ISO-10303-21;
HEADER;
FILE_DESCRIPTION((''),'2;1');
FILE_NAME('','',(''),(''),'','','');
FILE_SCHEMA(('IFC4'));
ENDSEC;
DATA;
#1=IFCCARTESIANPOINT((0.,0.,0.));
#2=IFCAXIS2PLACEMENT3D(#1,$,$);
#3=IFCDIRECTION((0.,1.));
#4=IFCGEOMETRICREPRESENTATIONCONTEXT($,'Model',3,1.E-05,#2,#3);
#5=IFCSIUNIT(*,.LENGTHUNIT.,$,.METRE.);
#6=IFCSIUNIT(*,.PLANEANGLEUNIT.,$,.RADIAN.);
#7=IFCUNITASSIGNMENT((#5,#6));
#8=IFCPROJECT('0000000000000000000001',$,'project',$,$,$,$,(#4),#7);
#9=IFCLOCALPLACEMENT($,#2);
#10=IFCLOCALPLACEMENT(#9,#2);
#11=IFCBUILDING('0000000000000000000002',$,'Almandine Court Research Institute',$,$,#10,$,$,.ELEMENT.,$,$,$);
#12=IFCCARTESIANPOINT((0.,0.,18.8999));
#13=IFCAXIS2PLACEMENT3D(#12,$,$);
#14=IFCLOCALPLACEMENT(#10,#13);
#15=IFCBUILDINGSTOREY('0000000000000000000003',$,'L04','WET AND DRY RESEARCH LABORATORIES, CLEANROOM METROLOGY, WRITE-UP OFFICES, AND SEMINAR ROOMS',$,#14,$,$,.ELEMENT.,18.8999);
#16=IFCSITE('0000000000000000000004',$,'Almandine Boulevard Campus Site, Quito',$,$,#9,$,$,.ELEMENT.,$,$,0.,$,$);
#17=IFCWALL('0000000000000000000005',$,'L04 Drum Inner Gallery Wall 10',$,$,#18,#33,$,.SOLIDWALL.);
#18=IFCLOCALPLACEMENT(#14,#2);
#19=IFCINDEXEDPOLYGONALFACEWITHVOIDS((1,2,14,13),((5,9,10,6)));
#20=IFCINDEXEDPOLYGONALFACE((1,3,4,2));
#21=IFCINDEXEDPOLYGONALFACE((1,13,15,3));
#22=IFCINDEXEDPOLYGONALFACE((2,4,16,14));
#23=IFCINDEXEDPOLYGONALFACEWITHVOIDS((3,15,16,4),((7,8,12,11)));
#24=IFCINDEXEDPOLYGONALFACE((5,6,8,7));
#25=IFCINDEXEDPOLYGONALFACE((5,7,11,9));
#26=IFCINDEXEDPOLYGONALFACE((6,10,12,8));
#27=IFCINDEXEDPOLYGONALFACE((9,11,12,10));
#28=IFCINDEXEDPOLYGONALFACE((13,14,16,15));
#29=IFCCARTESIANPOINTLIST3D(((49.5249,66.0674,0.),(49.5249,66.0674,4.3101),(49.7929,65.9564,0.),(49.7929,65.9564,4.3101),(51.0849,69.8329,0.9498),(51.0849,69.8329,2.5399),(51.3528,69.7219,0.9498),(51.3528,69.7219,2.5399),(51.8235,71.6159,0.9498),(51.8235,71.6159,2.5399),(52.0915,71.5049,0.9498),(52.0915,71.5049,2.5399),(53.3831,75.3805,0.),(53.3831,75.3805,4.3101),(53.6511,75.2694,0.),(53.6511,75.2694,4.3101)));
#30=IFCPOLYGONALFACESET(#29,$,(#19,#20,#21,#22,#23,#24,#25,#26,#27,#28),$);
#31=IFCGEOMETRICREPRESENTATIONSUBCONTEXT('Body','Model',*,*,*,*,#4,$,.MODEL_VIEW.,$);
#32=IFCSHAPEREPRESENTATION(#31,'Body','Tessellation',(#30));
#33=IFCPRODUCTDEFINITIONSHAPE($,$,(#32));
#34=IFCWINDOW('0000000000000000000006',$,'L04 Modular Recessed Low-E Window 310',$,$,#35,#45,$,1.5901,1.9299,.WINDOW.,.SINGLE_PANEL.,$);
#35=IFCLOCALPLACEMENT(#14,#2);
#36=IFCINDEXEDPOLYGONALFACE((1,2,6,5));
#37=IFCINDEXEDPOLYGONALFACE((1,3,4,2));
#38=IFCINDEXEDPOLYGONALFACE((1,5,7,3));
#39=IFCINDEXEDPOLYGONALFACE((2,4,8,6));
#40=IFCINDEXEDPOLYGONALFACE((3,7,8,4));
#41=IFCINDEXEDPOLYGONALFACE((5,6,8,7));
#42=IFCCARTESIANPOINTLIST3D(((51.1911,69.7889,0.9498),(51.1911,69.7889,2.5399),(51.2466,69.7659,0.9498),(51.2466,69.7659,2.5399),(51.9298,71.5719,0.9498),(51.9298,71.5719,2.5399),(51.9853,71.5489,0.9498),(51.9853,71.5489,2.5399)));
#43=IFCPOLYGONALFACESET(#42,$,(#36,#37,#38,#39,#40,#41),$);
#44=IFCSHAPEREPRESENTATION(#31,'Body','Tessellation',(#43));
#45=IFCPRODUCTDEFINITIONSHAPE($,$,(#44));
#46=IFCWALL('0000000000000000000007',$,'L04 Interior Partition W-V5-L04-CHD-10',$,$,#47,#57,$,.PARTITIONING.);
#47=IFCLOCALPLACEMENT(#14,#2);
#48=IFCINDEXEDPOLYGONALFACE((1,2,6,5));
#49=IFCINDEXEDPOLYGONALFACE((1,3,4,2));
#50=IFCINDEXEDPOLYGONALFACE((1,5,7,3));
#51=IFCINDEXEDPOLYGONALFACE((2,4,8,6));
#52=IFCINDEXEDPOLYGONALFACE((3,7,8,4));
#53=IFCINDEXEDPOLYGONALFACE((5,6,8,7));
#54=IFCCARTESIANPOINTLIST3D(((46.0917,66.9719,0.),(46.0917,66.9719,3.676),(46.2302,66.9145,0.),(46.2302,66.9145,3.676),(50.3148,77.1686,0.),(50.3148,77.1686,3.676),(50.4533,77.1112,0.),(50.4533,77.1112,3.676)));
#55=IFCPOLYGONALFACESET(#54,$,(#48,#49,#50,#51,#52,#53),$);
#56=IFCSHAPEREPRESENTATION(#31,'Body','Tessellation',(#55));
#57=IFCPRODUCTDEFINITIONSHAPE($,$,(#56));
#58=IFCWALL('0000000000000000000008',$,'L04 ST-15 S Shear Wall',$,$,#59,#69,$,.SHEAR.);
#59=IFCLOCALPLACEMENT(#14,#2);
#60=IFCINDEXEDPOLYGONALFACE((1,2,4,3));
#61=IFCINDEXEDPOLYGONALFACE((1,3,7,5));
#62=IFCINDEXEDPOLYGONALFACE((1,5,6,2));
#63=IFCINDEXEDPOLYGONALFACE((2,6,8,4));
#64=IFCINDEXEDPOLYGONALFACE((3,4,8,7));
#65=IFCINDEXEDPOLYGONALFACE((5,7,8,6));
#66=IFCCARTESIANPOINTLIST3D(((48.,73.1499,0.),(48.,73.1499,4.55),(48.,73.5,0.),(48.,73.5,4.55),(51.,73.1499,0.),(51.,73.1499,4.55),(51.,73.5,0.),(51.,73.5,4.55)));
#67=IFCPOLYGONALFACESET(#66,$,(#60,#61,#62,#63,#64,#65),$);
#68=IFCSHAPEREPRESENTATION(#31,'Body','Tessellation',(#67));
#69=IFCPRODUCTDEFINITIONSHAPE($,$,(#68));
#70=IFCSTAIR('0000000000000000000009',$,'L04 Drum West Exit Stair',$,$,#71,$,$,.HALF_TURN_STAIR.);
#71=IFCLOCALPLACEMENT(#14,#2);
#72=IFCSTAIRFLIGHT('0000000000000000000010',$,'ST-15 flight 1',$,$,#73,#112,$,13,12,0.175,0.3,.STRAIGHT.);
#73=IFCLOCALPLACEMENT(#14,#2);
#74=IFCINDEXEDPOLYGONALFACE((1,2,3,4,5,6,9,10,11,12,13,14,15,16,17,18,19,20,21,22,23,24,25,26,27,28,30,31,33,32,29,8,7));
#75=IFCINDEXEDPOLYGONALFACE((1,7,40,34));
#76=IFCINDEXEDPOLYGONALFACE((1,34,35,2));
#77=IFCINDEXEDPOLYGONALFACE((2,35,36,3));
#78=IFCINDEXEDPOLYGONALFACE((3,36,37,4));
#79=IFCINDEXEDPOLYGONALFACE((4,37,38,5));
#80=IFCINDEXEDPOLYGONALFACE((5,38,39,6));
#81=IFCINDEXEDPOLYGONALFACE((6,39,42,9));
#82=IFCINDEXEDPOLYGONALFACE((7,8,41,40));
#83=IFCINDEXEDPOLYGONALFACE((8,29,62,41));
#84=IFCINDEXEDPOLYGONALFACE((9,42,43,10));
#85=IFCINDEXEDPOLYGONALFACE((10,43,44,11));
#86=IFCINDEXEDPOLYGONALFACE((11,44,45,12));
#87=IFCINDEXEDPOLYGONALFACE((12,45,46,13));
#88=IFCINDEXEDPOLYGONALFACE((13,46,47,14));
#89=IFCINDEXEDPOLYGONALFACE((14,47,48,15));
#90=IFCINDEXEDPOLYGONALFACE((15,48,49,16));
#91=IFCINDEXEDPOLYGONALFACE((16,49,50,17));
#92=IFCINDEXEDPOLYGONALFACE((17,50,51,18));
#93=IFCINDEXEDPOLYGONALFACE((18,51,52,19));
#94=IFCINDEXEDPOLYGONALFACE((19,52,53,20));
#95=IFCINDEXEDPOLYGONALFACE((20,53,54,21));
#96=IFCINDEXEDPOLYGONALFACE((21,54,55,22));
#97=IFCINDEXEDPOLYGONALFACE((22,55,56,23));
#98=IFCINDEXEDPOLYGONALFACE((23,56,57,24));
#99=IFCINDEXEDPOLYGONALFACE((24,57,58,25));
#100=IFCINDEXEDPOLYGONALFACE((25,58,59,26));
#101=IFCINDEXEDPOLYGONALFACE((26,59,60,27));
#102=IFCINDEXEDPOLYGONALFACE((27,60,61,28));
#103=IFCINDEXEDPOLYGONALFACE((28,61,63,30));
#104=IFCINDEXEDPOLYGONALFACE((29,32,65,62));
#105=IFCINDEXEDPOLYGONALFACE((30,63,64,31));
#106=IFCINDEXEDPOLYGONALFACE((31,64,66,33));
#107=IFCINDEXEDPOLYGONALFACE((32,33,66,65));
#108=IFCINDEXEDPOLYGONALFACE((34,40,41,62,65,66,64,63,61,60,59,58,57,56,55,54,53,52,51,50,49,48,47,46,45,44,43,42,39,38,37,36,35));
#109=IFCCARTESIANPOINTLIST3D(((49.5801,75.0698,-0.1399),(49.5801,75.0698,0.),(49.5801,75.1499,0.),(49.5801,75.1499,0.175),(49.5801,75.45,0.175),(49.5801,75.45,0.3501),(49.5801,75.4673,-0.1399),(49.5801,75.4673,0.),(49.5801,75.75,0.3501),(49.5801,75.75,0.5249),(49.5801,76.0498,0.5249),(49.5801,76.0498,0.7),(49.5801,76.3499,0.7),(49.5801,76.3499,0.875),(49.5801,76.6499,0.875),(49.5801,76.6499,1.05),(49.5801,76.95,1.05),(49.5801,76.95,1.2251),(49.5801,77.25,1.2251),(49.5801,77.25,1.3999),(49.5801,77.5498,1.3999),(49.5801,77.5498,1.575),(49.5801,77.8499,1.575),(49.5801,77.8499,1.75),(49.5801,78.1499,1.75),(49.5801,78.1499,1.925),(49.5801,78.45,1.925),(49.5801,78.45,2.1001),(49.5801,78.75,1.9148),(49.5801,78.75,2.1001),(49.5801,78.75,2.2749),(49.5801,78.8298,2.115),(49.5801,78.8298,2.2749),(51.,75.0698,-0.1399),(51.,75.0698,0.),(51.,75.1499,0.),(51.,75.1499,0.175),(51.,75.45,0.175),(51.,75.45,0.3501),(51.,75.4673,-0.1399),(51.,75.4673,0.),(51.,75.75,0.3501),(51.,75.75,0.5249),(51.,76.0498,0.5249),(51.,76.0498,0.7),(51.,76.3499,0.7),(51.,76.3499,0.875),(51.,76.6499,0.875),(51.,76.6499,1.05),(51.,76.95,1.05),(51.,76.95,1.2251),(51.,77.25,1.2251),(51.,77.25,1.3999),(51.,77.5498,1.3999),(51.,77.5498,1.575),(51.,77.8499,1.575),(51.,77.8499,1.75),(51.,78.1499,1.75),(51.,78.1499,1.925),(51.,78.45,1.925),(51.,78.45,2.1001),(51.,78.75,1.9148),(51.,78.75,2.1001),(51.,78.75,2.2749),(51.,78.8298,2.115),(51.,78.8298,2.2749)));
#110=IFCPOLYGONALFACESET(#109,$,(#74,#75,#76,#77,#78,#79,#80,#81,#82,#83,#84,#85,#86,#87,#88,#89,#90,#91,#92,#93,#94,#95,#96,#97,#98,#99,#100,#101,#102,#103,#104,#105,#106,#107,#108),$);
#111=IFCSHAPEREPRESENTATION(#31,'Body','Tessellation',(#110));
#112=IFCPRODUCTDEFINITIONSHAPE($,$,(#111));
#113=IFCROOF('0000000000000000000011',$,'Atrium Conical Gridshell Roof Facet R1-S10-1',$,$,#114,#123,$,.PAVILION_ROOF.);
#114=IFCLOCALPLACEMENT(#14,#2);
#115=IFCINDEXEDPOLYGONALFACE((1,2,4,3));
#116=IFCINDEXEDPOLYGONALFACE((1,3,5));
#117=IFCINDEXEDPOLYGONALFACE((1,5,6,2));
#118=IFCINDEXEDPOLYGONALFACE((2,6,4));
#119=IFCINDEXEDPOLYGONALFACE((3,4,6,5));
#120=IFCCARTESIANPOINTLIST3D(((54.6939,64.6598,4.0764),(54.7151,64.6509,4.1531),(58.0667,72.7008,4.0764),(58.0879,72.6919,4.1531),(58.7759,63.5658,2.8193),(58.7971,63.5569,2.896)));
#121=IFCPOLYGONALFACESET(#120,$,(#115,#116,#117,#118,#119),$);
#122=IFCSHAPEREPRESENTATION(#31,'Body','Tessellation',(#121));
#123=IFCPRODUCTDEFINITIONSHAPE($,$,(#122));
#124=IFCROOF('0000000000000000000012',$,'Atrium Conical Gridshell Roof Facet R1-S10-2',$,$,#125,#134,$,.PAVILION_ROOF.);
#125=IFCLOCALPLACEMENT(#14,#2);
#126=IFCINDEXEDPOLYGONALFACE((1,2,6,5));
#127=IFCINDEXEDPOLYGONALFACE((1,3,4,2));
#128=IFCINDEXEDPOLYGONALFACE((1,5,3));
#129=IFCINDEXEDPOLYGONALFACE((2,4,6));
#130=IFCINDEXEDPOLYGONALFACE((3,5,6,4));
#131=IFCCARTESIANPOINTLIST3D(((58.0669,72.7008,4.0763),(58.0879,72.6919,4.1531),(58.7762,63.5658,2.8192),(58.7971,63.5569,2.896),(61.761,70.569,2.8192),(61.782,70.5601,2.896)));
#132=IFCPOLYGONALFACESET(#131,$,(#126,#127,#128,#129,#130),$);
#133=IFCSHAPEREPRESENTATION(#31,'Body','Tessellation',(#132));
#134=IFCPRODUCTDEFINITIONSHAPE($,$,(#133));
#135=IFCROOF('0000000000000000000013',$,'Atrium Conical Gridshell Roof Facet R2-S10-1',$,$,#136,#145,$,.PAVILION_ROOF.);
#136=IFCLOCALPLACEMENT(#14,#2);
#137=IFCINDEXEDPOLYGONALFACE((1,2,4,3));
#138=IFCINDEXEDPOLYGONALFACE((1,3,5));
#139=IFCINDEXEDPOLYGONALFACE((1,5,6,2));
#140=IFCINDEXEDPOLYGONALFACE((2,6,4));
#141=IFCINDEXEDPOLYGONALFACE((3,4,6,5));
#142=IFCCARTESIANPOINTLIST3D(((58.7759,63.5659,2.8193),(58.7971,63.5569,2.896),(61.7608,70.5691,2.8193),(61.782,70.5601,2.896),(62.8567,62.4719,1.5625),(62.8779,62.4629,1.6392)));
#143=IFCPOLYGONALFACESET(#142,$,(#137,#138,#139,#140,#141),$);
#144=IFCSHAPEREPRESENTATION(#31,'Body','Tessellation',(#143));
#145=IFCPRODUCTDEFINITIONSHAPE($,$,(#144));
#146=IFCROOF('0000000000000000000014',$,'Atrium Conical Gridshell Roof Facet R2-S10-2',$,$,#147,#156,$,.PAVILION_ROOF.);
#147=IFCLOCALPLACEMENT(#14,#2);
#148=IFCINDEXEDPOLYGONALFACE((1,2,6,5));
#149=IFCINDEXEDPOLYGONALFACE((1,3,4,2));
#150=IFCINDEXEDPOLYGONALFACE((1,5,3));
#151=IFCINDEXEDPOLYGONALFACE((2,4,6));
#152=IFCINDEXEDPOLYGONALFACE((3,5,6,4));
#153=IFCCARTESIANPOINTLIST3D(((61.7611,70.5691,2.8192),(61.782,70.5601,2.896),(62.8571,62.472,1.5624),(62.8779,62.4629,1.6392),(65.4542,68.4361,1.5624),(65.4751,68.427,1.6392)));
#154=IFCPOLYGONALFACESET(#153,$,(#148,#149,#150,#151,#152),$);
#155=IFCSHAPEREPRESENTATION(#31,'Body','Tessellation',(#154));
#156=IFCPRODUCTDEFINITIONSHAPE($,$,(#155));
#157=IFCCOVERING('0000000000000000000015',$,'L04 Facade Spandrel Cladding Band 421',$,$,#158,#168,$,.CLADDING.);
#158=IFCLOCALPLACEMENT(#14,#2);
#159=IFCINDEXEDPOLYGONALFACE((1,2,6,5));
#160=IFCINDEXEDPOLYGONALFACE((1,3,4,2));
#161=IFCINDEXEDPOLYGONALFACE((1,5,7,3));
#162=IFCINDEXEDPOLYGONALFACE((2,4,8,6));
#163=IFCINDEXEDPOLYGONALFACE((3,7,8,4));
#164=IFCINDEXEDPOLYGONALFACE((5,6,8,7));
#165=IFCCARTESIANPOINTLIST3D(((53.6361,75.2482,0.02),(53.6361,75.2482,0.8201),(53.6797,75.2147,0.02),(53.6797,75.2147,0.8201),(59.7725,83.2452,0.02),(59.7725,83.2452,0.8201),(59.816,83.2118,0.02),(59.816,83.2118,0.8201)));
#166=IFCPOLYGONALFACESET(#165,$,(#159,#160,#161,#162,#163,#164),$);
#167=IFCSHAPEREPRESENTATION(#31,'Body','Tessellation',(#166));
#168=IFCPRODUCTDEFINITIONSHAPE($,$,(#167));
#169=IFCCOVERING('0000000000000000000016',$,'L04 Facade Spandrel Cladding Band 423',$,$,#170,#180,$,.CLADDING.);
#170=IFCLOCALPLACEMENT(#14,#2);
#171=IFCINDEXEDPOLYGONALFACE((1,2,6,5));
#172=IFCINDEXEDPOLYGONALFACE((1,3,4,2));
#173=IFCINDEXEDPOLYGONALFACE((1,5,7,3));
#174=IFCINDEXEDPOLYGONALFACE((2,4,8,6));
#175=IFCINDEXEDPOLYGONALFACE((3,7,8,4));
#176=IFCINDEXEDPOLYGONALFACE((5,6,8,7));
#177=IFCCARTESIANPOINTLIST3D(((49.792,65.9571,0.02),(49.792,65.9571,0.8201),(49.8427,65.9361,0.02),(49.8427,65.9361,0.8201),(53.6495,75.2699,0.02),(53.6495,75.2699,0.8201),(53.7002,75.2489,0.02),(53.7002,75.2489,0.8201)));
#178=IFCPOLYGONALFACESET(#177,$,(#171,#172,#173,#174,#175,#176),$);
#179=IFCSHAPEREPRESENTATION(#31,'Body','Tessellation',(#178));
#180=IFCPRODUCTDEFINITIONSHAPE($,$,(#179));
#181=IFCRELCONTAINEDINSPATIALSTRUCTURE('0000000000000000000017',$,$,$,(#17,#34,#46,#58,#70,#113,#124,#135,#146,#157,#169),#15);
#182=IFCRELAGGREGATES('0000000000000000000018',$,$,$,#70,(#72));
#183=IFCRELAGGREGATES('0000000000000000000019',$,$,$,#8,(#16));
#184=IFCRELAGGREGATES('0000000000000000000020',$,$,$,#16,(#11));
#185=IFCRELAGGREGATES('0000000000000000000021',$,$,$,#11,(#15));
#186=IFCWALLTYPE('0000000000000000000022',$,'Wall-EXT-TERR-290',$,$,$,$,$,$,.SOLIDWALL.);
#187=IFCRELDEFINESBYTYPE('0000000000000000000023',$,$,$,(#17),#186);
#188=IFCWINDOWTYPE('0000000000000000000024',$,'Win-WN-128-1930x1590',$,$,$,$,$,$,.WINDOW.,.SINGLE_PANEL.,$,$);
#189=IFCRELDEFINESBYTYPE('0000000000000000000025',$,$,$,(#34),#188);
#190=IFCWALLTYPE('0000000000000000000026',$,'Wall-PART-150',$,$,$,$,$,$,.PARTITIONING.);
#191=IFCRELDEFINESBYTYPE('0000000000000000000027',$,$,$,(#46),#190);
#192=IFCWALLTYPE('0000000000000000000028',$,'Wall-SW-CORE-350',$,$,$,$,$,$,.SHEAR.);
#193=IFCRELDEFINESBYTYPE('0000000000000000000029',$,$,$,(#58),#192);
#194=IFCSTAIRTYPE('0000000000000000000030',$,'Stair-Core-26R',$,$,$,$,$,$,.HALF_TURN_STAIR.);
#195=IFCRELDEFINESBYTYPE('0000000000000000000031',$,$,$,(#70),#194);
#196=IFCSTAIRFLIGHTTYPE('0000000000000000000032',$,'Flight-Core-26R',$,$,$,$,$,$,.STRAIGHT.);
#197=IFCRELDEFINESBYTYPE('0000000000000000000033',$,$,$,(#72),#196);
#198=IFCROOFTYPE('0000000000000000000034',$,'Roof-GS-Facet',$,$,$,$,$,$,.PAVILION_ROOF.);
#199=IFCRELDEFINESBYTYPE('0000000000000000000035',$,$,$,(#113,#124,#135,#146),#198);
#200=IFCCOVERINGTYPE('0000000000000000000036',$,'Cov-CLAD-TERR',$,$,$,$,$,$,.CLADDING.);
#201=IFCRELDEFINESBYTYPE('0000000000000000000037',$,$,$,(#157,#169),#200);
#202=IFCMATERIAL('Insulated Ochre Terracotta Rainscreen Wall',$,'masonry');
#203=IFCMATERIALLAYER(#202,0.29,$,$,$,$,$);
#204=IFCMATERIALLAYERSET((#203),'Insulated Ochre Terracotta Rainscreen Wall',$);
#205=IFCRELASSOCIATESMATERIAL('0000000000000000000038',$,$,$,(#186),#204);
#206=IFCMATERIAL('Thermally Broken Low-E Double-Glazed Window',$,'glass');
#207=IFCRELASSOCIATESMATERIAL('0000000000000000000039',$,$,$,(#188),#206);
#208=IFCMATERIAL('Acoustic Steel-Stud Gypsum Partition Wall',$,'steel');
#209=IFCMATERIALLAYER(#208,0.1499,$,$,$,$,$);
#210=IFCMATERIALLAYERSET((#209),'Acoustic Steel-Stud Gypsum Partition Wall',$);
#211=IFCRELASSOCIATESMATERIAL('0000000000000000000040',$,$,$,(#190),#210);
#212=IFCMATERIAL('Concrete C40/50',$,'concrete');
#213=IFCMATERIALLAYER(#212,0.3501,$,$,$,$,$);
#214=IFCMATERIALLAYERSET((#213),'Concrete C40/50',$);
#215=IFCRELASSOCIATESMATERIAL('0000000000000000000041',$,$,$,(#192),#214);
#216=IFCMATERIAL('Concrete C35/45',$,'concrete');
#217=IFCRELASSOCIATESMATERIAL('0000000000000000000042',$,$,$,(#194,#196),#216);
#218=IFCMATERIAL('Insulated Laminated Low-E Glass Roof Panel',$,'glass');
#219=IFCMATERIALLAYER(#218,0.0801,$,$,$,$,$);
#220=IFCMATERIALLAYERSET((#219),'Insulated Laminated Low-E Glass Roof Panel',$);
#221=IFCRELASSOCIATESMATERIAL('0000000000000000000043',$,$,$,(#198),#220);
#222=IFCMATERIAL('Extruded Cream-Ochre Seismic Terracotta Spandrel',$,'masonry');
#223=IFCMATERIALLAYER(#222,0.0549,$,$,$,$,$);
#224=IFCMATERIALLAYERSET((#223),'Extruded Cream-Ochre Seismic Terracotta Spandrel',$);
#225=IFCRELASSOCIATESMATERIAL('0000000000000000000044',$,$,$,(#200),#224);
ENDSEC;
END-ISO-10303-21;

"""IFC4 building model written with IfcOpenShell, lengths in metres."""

from ifc_helpers import new_model, si_unit, direction, frame, frame_2d, origin, origin_2d, place, context, subcontext, project, spatial, polyline, rectangle, outline, extrude, material, layer, layer_set, type_object, element, fill, aggregate, save


model = new_model("IFC4")

# Units and contexts
model_context = context("Model", 3, precision=1e-05, world=origin(), true_north=direction((0.0, 1.0)))
body_context = subcontext(model_context, "Body", "Model", "MODEL_VIEW")
ifc_project = project(units=[si_unit("LENGTHUNIT", "METRE"), si_unit("PLANEANGLEUNIT", "RADIAN")], contexts=[model_context])

# Site, building, storey
site_placement = place(None, origin())
site = spatial("IfcSite", under=ifc_project, at=site_placement, Name="Almandine Boulevard Campus Site, Quito", CompositionType="ELEMENT", RefElevation=0.0)
building_placement = place(site_placement, origin())
building = spatial("IfcBuilding", under=site, at=building_placement, Name="Almandine Court Research Institute", CompositionType="ELEMENT")
storey_placement = place(building_placement, frame((0.0, 0.0, 18.8999)))
storey = spatial("IfcBuildingStorey", under=building, at=storey_placement, Name="L04", Description="WET AND DRY RESEARCH LABORATORIES, CLEANROOM METROLOGY, WRITE-UP OFFICES, AND SEMINAR ROOMS", CompositionType="ELEMENT", Elevation=18.8999)

# Wall, opening, window
ifc_material_1 = material(Name="Insulated Ochre Terracotta Rainscreen Wall", Category="masonry")
ifc_layer_1 = layer(ifc_material_1, 0.29)
ifc_layer_set_1 = layer_set([ifc_layer_1], Name="Insulated Ochre Terracotta Rainscreen Wall")
wall_type_1 = type_object("IfcWallType", Name="Wall-EXT-TERR-290", PredefinedType="SOLIDWALL", material=ifc_layer_set_1)
wall_1_placement = place(storey_placement, frame((53.5171, 75.325, 0.0), z_axis=(0.0, 0.0, 1.0), x_axis=(-0.382733, -0.923859, 0.0)))
wall_1 = element("IfcWall", 1, at=wall_1_placement, inside=storey, type_object=wall_type_1, Name="L04 Drum Inner Gallery Wall 10", PredefinedType="SOLIDWALL", context=body_context, shape_type="SweptSolid", body=[
    extrude(rectangle(XDim=10.0806, YDim=0.29, at=frame_2d((5.0403, 0.0))), origin(), (0.0, 0.0, 1.0), 4.3101),
])
opening_placement = place(wall_1_placement, frame((4.075, 0.0, 0.95)))
opening = element("IfcOpeningElement", 2, at=opening_placement, cuts=wall_1, PredefinedType="OPENING", context=body_context, shape_type="SweptSolid", body=[
    extrude(rectangle(XDim=1.9299, YDim=1.5901, at=frame_2d((0.9648, 0.7949))), frame((0.0, 0.155, 0.0), z_axis=(0.0, -1.0, 0.0), x_axis=(1.0, 0.0, 0.0)), (0.0, 0.0, 1.0), 0.3101),
])
ifc_material_2 = material(Name="Thermally Broken Low-E Double-Glazed Window", Category="glass")
window_type = type_object("IfcWindowType", Name="Win-WN-128-1930x1590", PartitioningType="SINGLE_PANEL", PredefinedType="WINDOW", material=ifc_material_2)
window_placement = place(opening_placement, origin())
window = element("IfcWindow", 3, at=window_placement, inside=storey, type_object=window_type, Name="L04 Modular Recessed Low-E Window 310", OverallHeight=1.5901, OverallWidth=1.9299, PartitioningType="SINGLE_PANEL", PredefinedType="WINDOW", context=body_context, shape_type="SweptSolid", body=[
    extrude(rectangle(XDim=1.9299, YDim=1.5901, at=frame_2d((0.9648, 0.7949))), frame((0.0, 0.03, 0.0), z_axis=(0.0, -1.0, 0.0), x_axis=(1.0, 0.0, 0.0)), (0.0, 0.0, 1.0), 0.0601),
])
fill(opening, window)

# Walls
ifc_material_3 = material(Name="Acoustic Steel-Stud Gypsum Partition Wall", Category="steel")
ifc_layer_2 = layer(ifc_material_3, 0.1499)
ifc_layer_set_2 = layer_set([ifc_layer_2], Name="Acoustic Steel-Stud Gypsum Partition Wall")
wall_type_2 = type_object("IfcWallType", Name="Wall-PART-150", PredefinedType="PARTITIONING", material=ifc_layer_set_2)
wall_2_placement = place(storey_placement, frame((50.384, 77.1399, 0.0), z_axis=(0.0, 0.0, 1.0), x_axis=(-0.382645, -0.923896, 0.0)))
element("IfcWall", 4, at=wall_2_placement, inside=storey, type_object=wall_type_2, Name="L04 Interior Partition W-V5-L04-CHD-10", PredefinedType="PARTITIONING", context=body_context, shape_type="SweptSolid", body=[
    extrude(rectangle(XDim=11.0366, YDim=0.1499, at=frame_2d((5.5183, 0.0))), origin(), (0.0, 0.0, 1.0), 3.676),
])
ifc_material_4 = material(Name="Concrete C40/50", Category="concrete")
ifc_layer_3 = layer(ifc_material_4, 0.3501)
ifc_layer_set_3 = layer_set([ifc_layer_3], Name="Concrete C40/50")
wall_type_3 = type_object("IfcWallType", Name="Wall-SW-CORE-350", PredefinedType="SHEAR", material=ifc_layer_set_3)
wall_3_placement = place(storey_placement, frame((51.0, 73.325, 0.0), z_axis=(0.0, 0.0, 1.0), x_axis=(-1.0, 0.0, 0.0)))
element("IfcWall", 5, at=wall_3_placement, inside=storey, type_object=wall_type_3, Name="L04 ST-15 S Shear Wall", PredefinedType="SHEAR", context=body_context, shape_type="SweptSolid", body=[
    extrude(rectangle(XDim=3.0, YDim=0.3501, at=frame_2d((1.5, 0.0))), origin(), (0.0, 0.0, 1.0), 4.55),
])

# Stair, stair flight
ifc_material_5 = material(Name="Concrete C35/45", Category="concrete")
stair_type = type_object("IfcStairType", Name="Stair-Core-26R", PredefinedType="HALF_TURN_STAIR", material=ifc_material_5)
stair_placement = place(storey_placement, origin())
stair = element("IfcStair", 6, at=stair_placement, inside=storey, type_object=stair_type, Name="L04 Drum West Exit Stair", PredefinedType="HALF_TURN_STAIR")
stair_flight_type = type_object("IfcStairFlightType", Name="Flight-Core-26R", PredefinedType="STRAIGHT", material=ifc_material_5)
stair_flight_placement = place(storey_placement, frame((50.29, 75.1499, 0.0), z_axis=(0.0, 0.0, 1.0), x_axis=(0.0, 1.0, 0.0)))
stair_flight = element("IfcStairFlight", 7, at=stair_flight_placement, type_object=stair_flight_type, Name="ST-15 flight 1", NumberOfRisers=13, NumberOfTreads=12, PredefinedType="STRAIGHT", RiserHeight=0.175, TreadLength=0.3, context=body_context, shape_type="SweptSolid", body=[
    extrude(outline(polyline([(-0.0801, -0.1399), (-0.0801, 0.0), (0.0, 0.0), (0.0, 0.175), (0.3, 0.175), (0.3, 0.3501), (0.6001, 0.3501), (0.6001, 0.5249), (0.8999, 0.5249), (0.8999, 0.7), (1.2, 0.7), (1.2, 0.875), (1.5, 0.875), (1.5, 1.05), (1.8, 1.05), (1.8, 1.2251), (2.1001, 1.2251), (2.1001, 1.3999), (2.3999, 1.3999), (2.3999, 1.575), (2.7, 1.575), (2.7, 1.75), (3.0, 1.75), (3.0, 1.925), (3.3, 1.925), (3.3, 2.1001), (3.6001, 2.1001), (3.6001, 2.2749), (3.6799, 2.2749), (3.6799, 2.115), (3.6001, 1.9148), (0.3174, 0.0), (0.3174, -0.1399), (-0.0801, -0.1399)])), frame((0.0, 0.71, 0.0), z_axis=(0.0, -1.0, 0.0), x_axis=(1.0, 0.0, 0.0)), (0.0, 0.0, 1.0), 1.4199),
])
aggregate(stair, [stair_flight])

# Roofs
ifc_material_6 = material(Name="Insulated Laminated Low-E Glass Roof Panel", Category="glass")
ifc_layer_4 = layer(ifc_material_6, 0.0801)
ifc_layer_set_4 = layer_set([ifc_layer_4], Name="Insulated Laminated Low-E Glass Roof Panel")
roof_type = type_object("IfcRoofType", Name="Roof-GS-Facet", PredefinedType="PAVILION_ROOF", material=ifc_layer_set_4)
roof_1_placement = place(storey_placement, frame((58.0879, 72.6919, 4.1531), z_axis=(0.265145, -0.111215, 0.957773), x_axis=(-0.386801, -0.922163, 0.0)))
element("IfcRoof", 8, at=roof_1_placement, inside=storey, type_object=roof_type, Name="Atrium Conical Gridshell Roof Facet R1-S10-1", PredefinedType="PAVILION_ROOF", context=body_context, shape_type="SweptSolid", body=[
    extrude(outline(polyline([(0.0, 0.0), (8.7197, 0.0), (8.1496, 4.3721), (0.0, 0.0)])), origin(), (0.0, 0.0, -1.0), 0.0801),
])
roof_2_placement = place(storey_placement, frame((58.0879, 72.6919, 4.1531), z_axis=(0.261822, -0.111593, 0.958643), x_axis=(0.076687, -0.987747, -0.135925)))
element("IfcRoof", 9, at=roof_2_placement, inside=storey, type_object=roof_type, Name="Atrium Conical Gridshell Roof Facet R1-S10-2", PredefinedType="PAVILION_ROOF", context=body_context, shape_type="SweptSolid", body=[
    extrude(outline(polyline([(0.0, 0.0), (9.2483, 0.0), (2.5599, 3.6357), (0.0, 0.0)])), origin(), (0.0, 0.0, -1.0), 0.0801),
])
roof_3_placement = place(storey_placement, frame((61.782, 70.5601, 2.896), z_axis=(0.264714, -0.112825, 0.957704), x_axis=(-0.392088, -0.919928, 0.0)))
element("IfcRoof", 10, at=roof_3_placement, inside=storey, type_object=roof_type, Name="Atrium Conical Gridshell Roof Facet R2-S10-1", PredefinedType="PAVILION_ROOF", context=body_context, shape_type="SweptSolid", body=[
    extrude(outline(polyline([(0.0, 0.0), (7.6127, 0.0), (7.0191, 4.3677), (0.0, 0.0)])), origin(), (0.0, 0.0, -1.0), 0.0801),
])
roof_4_placement = place(storey_placement, frame((61.782, 70.5601, 2.896), z_axis=(0.260701, -0.113526, 0.958722), x_axis=(0.132567, -0.979445, -0.152029)))
element("IfcRoof", 11, at=roof_4_placement, inside=storey, type_object=roof_type, Name="Atrium Conical Gridshell Roof Facet R2-S10-2", PredefinedType="PAVILION_ROOF", context=body_context, shape_type="SweptSolid", body=[
    extrude(outline(polyline([(0.0, 0.0), (8.2671, 0.0), (2.7699, 3.478), (0.0, 0.0)])), origin(), (0.0, 0.0, -1.0), 0.0801),
])

# Coverings
ifc_material_7 = material(Name="Extruded Cream-Ochre Seismic Terracotta Spandrel", Category="masonry")
ifc_layer_5 = layer(ifc_material_7, 0.0549)
ifc_layer_set_5 = layer_set([ifc_layer_5], Name="Extruded Cream-Ochre Seismic Terracotta Spandrel")
covering_type = type_object("IfcCoveringType", Name="Cov-CLAD-TERR", PredefinedType="CLADDING", material=ifc_layer_set_5)
for number, where, z_axis, x_axis, name in (
    (12, (56.7261, 79.23, 0.02), (0.0, 0.0, 1.0), (-0.608761, -0.793353, 0.0), "L04 Facade Spandrel Cladding Band 421"),
    (13, (51.7461, 70.603, 0.02), (0.0, 0.0, 1.0), (-0.382683, -0.92388, 0.0), "L04 Facade Spandrel Cladding Band 423"),
):
    element("IfcCovering", number, at=place(storey_placement, frame(where, z_axis=z_axis, x_axis=x_axis)), inside=storey, type_object=covering_type, Name=name, PredefinedType="CLADDING", context=body_context, shape_type="SweptSolid", body=[
        extrude(rectangle(XDim=10.0801, YDim=0.0549, at=origin_2d()), origin(), (0.0, 0.0, 1.0), 0.8),
    ])

save(model, "model.ifc")
